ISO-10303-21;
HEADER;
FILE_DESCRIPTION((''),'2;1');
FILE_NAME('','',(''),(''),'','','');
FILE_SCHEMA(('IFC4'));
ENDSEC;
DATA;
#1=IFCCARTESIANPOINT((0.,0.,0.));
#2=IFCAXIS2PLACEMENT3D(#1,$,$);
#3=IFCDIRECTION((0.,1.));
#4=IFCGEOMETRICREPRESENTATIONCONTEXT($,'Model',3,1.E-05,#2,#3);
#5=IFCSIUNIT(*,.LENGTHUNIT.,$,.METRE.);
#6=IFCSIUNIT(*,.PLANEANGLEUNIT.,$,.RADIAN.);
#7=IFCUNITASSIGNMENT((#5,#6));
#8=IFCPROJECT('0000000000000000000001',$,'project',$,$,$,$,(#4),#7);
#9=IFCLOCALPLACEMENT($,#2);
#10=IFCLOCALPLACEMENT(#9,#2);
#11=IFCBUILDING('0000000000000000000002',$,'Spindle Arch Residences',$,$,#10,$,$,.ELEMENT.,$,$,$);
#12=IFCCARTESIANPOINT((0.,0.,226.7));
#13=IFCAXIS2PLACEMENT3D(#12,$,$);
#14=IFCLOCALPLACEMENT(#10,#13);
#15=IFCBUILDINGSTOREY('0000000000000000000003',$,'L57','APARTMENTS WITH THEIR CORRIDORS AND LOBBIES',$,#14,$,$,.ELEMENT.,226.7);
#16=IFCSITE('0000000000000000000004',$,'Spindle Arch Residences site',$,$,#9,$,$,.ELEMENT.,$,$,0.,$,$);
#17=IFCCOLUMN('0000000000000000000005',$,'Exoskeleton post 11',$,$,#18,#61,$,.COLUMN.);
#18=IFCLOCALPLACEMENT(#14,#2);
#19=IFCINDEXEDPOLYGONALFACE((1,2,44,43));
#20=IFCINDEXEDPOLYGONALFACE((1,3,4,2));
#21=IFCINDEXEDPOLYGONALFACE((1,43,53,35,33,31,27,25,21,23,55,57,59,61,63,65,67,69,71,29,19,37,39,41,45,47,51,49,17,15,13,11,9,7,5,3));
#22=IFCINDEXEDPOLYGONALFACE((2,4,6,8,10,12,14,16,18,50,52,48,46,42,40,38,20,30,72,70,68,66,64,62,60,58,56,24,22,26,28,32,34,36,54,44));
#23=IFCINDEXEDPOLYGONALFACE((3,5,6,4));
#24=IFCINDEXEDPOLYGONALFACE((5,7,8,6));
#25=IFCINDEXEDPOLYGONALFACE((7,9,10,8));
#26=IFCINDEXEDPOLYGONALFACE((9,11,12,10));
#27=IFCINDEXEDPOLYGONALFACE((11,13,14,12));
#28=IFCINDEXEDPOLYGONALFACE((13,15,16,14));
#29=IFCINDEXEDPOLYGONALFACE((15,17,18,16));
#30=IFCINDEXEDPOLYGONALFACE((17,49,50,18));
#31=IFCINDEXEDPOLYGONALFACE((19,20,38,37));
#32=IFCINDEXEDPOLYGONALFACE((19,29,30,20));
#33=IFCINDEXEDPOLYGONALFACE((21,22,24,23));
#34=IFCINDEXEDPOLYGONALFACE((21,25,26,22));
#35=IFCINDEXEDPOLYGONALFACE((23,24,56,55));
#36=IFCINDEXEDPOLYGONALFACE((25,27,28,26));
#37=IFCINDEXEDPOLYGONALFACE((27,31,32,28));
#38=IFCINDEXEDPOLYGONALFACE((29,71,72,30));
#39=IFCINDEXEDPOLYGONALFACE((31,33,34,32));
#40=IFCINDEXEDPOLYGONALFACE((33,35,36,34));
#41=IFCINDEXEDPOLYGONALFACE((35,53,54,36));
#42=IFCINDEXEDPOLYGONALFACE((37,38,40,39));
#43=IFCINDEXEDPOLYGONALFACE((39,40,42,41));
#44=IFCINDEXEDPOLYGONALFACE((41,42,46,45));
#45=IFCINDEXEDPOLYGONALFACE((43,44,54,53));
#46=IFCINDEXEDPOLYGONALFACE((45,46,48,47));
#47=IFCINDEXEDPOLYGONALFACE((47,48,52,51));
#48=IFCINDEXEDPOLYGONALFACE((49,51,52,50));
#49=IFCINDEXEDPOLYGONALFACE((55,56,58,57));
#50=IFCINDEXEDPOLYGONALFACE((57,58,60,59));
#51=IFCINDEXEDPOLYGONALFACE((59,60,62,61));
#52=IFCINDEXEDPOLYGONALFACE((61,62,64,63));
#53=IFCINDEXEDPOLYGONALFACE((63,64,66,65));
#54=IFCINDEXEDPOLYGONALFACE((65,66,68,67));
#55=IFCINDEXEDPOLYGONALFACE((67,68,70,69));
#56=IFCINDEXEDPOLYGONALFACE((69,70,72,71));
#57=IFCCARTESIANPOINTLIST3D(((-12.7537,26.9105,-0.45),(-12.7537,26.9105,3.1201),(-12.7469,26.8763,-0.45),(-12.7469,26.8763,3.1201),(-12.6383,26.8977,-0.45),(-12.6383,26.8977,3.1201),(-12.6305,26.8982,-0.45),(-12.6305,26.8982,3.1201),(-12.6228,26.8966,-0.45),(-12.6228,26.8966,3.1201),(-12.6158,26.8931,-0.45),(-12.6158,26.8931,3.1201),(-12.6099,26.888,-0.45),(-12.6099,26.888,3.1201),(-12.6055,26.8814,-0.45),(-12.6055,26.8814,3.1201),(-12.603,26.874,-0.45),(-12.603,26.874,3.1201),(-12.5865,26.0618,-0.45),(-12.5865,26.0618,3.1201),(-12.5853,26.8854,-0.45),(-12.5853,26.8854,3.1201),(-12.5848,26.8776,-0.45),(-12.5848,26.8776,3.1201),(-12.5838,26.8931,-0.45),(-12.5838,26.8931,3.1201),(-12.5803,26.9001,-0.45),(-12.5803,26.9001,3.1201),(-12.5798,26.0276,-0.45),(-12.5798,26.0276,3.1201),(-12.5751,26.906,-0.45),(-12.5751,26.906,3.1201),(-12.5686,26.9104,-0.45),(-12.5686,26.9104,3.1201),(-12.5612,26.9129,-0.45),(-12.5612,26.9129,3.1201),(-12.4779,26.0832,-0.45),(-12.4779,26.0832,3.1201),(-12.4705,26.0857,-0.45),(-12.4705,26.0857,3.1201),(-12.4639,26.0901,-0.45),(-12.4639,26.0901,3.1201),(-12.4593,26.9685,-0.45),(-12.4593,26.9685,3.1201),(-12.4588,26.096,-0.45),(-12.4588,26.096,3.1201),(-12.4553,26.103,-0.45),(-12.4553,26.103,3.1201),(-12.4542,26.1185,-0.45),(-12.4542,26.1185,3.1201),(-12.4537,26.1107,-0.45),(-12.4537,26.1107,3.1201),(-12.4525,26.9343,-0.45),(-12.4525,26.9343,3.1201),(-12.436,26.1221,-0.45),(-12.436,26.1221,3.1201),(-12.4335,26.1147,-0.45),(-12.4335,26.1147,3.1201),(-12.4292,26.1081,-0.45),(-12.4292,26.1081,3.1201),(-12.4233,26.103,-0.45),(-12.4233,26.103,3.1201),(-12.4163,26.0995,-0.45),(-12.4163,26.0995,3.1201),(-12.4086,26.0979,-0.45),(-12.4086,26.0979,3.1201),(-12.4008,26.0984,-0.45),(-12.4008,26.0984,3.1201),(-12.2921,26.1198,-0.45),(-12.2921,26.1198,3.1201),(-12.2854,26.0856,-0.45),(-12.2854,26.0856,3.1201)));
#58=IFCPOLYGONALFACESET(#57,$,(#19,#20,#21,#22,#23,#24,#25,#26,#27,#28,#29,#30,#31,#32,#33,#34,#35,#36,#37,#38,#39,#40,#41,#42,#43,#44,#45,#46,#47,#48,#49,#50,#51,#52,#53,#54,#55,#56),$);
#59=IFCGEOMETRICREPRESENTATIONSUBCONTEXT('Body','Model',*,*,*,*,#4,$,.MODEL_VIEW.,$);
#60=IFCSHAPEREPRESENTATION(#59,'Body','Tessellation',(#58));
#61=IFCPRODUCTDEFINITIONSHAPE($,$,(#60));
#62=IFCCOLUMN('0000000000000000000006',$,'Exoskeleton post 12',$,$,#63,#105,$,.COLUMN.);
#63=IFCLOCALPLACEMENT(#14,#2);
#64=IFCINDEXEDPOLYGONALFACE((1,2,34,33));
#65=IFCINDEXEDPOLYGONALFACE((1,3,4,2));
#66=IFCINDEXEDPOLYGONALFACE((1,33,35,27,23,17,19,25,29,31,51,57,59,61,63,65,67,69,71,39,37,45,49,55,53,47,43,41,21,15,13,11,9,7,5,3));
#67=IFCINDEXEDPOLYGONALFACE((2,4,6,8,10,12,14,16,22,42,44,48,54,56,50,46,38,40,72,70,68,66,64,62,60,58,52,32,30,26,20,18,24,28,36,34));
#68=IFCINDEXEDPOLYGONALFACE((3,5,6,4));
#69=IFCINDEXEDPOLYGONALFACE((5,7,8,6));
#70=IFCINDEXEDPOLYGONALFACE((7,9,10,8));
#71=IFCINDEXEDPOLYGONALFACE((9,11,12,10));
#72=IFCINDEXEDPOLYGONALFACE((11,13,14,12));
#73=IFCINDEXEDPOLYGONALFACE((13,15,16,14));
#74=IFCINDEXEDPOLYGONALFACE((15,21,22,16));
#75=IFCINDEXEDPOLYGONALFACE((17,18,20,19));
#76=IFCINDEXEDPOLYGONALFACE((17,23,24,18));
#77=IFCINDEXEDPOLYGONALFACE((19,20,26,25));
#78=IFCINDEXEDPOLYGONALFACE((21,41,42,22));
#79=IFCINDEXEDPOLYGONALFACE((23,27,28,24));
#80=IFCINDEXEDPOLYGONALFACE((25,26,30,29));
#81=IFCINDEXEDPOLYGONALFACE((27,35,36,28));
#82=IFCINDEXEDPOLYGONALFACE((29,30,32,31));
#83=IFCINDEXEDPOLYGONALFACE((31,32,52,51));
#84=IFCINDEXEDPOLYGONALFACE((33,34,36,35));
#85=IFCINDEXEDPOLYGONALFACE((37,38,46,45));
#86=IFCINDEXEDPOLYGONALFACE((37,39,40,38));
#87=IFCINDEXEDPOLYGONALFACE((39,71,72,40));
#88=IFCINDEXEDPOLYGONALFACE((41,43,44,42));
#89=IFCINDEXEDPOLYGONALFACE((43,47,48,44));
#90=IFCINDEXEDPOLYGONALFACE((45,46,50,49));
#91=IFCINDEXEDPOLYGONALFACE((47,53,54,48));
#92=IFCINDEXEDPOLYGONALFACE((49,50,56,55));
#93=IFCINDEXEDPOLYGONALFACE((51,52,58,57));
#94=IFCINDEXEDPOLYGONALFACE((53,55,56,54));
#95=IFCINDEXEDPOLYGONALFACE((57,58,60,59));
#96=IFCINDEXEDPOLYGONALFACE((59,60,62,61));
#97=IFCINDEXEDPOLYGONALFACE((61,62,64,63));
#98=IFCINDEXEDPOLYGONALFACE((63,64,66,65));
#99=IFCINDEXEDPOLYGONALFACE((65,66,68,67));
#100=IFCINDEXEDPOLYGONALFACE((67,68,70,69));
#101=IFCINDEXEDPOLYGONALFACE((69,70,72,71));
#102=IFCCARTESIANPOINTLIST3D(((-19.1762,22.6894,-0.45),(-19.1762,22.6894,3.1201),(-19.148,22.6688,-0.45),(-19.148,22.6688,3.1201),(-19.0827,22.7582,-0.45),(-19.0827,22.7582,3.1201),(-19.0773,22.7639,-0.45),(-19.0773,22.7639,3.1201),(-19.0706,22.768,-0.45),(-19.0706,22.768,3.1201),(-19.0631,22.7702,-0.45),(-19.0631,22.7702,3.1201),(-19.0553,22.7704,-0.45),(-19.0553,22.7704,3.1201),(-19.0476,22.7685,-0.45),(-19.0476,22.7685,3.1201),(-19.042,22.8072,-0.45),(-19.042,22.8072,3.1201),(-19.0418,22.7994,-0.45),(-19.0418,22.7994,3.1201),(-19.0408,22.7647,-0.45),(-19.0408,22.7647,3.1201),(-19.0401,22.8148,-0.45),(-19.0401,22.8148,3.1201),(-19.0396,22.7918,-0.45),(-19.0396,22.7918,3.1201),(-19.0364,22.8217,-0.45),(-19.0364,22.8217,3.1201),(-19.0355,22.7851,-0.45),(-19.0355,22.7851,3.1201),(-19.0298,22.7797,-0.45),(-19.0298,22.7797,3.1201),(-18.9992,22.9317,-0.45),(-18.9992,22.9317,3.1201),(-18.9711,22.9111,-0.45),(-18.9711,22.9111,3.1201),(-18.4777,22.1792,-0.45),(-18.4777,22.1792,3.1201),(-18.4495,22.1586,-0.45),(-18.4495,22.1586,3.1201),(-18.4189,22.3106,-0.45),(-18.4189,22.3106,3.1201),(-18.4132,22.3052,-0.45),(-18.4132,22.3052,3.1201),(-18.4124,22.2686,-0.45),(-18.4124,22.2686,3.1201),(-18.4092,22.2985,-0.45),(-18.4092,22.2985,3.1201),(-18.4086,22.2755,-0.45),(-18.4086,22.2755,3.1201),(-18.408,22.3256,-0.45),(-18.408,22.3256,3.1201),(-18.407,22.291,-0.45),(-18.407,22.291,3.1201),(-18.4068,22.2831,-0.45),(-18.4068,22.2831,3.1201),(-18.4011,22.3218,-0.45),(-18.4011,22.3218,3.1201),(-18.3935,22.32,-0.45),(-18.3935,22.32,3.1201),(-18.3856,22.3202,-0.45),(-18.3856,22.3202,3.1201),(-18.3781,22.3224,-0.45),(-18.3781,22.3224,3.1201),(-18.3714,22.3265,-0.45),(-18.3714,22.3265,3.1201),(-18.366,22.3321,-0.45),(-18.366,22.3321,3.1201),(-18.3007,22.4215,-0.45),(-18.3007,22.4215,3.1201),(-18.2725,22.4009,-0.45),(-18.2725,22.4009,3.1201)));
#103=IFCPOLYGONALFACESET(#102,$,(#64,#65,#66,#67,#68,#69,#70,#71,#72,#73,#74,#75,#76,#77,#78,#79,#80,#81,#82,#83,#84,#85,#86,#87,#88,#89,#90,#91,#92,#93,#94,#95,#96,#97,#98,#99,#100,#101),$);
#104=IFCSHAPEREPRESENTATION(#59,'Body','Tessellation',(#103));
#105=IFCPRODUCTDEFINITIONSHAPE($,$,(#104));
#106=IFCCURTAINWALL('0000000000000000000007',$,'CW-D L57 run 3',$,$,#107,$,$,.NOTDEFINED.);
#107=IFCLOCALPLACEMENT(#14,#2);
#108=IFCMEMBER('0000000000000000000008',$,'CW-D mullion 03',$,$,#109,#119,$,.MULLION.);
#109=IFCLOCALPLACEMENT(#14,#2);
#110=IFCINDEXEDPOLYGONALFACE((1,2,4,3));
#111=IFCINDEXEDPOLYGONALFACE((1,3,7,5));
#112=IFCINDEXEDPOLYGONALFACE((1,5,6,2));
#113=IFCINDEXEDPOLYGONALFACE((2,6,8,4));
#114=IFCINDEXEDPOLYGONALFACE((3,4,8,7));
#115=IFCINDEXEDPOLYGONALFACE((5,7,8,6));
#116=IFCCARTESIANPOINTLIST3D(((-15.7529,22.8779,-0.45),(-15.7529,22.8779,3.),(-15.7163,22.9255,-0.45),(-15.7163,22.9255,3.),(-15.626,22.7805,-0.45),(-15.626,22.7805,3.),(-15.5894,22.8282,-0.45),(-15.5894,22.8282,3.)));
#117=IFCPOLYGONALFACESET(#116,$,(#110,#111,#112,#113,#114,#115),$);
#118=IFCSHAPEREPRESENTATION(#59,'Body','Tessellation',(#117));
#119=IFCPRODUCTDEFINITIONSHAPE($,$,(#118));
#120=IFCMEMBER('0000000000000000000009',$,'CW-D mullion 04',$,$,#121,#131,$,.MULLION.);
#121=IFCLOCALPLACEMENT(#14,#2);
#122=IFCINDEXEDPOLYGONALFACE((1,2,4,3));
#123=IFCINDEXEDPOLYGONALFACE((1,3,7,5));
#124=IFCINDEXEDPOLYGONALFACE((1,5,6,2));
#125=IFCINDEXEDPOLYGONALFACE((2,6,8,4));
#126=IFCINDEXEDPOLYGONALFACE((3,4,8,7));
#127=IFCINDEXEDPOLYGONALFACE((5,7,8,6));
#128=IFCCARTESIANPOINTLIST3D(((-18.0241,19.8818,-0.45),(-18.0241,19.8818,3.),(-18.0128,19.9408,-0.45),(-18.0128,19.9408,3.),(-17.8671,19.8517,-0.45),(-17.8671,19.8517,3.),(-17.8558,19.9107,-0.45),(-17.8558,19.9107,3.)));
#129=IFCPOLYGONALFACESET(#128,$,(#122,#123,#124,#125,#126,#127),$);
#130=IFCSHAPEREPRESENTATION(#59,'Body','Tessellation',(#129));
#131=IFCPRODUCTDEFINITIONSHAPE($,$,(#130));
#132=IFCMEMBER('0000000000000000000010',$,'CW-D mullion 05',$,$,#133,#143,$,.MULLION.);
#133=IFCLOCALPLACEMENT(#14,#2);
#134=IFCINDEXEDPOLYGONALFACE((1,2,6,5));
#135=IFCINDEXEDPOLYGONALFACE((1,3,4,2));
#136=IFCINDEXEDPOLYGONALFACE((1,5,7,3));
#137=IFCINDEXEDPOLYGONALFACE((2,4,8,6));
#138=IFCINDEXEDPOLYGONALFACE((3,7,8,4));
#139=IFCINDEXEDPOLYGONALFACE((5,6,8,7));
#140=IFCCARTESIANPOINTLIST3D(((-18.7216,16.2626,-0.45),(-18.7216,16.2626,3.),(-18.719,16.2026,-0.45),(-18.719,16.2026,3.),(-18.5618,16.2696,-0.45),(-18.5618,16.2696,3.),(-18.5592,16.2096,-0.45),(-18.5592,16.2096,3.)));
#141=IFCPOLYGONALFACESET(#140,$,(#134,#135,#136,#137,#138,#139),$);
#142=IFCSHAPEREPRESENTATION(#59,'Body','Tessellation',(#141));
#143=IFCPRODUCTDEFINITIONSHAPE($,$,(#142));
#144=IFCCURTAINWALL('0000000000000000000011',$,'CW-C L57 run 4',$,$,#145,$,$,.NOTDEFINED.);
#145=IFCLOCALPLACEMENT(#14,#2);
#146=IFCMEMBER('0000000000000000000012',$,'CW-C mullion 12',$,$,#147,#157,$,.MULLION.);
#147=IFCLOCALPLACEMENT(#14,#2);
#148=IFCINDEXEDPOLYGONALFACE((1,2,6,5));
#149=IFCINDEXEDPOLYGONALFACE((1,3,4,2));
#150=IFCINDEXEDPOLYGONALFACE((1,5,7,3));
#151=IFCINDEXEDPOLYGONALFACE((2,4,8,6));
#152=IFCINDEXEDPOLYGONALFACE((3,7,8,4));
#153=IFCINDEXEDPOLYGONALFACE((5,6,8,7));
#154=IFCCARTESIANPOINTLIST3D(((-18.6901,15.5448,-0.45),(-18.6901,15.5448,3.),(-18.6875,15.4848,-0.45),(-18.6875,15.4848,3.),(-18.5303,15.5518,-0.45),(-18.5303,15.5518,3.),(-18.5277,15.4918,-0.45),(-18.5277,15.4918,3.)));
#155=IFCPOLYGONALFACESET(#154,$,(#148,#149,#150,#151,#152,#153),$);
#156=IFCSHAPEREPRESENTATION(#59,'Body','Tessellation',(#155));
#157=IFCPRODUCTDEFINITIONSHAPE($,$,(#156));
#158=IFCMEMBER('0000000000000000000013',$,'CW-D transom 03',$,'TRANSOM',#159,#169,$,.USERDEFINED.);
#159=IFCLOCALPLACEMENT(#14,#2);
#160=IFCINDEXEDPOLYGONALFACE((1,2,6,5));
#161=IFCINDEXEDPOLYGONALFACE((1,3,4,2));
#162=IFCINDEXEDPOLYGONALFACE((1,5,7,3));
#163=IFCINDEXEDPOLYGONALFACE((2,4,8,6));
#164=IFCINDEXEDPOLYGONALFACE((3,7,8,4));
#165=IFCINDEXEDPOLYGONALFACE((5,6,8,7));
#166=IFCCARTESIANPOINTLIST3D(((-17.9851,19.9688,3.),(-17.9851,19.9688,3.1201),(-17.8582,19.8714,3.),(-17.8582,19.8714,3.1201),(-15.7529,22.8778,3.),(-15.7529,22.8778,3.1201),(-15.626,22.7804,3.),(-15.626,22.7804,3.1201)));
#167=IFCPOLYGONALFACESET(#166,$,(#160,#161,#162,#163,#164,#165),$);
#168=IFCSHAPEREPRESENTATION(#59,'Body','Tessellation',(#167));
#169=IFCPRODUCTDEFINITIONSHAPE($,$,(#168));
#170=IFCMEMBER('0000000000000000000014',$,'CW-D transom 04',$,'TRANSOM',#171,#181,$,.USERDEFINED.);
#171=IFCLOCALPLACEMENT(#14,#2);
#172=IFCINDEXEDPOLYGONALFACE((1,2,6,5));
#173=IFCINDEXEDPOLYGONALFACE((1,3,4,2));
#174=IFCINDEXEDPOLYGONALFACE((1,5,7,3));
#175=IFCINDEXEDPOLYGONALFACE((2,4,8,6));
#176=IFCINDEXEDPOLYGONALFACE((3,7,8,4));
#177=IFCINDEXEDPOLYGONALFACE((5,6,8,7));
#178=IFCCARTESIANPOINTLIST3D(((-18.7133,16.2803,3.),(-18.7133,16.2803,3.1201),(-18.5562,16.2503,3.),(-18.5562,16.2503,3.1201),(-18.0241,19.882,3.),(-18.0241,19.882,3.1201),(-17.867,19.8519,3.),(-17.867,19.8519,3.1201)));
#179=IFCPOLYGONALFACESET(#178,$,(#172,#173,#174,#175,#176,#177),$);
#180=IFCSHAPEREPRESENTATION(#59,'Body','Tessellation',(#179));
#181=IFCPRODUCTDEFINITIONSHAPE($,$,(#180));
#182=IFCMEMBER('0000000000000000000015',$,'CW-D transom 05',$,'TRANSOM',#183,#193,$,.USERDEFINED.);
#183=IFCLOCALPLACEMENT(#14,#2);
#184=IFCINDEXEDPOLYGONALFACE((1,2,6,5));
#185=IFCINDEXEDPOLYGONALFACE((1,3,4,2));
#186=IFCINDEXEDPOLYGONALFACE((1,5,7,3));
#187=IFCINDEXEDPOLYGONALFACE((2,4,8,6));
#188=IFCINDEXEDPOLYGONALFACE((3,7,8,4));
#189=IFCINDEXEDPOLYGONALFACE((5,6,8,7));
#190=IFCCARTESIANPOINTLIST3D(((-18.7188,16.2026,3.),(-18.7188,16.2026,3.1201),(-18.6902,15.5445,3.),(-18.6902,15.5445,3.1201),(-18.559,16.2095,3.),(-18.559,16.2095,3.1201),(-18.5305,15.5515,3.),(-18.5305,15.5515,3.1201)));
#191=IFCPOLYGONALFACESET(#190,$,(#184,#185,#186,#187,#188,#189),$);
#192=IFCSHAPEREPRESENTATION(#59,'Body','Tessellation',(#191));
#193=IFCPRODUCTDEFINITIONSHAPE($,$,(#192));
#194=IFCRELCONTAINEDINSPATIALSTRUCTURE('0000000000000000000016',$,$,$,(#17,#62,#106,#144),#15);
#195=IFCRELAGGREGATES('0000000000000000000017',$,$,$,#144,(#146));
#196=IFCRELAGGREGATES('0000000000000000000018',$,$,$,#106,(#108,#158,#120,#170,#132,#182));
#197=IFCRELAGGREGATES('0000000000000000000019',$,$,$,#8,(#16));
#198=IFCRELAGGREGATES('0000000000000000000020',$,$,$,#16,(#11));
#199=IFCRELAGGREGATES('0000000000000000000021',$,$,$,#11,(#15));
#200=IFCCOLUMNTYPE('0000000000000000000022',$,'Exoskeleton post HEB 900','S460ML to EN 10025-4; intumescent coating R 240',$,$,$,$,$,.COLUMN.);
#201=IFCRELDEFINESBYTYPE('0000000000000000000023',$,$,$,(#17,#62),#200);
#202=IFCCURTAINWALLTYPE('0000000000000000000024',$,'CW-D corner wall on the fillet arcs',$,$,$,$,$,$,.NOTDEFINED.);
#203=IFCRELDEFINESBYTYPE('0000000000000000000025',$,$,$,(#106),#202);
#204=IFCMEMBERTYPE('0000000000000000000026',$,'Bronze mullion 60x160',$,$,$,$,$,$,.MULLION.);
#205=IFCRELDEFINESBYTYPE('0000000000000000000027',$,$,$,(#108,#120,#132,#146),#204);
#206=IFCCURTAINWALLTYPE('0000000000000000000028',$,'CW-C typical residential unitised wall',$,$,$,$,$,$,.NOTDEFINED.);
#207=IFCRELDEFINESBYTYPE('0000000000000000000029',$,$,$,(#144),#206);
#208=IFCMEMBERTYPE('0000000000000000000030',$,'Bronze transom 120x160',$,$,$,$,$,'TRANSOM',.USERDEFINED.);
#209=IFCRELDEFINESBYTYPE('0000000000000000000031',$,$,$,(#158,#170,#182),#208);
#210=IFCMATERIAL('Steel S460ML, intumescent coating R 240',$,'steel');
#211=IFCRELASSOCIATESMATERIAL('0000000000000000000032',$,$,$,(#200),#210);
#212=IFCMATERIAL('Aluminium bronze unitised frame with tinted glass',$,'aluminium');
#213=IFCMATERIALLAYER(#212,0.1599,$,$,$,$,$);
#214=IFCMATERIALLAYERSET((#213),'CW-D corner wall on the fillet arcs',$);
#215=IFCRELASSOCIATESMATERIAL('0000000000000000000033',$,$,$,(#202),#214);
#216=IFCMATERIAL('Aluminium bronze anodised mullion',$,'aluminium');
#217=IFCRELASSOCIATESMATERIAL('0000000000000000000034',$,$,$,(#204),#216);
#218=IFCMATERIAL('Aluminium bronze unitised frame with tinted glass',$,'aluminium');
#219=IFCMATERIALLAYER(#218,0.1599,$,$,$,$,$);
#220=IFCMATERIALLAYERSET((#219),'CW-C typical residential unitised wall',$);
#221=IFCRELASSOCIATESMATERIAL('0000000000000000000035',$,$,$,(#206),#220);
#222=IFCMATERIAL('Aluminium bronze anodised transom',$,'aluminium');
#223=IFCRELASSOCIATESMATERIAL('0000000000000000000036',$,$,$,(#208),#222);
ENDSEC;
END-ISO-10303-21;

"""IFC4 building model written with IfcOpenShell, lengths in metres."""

from ifc_helpers import new_model, si_unit, direction, frame, origin, origin_2d, place, context, subcontext, project, spatial, rectangle, i_section, extrude, material, layer, layer_set, material_profile, profile_set, type_object, element, aggregate, save


model = new_model("IFC4")

# Units and contexts
model_context = context("Model", 3, precision=1e-05, world=origin(), true_north=direction((0.0, 1.0)))
body_context = subcontext(model_context, "Body", "Model", "MODEL_VIEW")
ifc_project = project(units=[si_unit("LENGTHUNIT", "METRE"), si_unit("PLANEANGLEUNIT", "RADIAN")], contexts=[model_context])

# Site, building, storey
site_placement = place(None, origin())
site = spatial("IfcSite", under=ifc_project, at=site_placement, Name="Spindle Arch Residences site", CompositionType="ELEMENT", RefElevation=0.0)
building_placement = place(site_placement, origin())
building = spatial("IfcBuilding", under=site, at=building_placement, Name="Spindle Arch Residences", CompositionType="ELEMENT")
storey_placement = place(building_placement, frame((0.0, 0.0, 226.7)))
storey = spatial("IfcBuildingStorey", under=building, at=storey_placement, Name="L57", Description="APARTMENTS WITH THEIR CORRIDORS AND LOBBIES", CompositionType="ELEMENT", Elevation=226.7)

# Columns
ifc_material_1 = material(Name="Steel S460ML, intumescent coating R 240", Category="steel")
ifc_material_profile_1 = material_profile(ifc_material_1, i_section(OverallWidth=0.3, OverallDepth=0.8999, WebThickness=0.0186, FlangeThickness=0.0349, FilletRadius=0.03, at=origin_2d()), Name="HEB 900")
ifc_profile_set_1 = profile_set([ifc_material_profile_1], Name="Steel S460ML, intumescent coating R 240")
column_type = type_object("IfcColumnType", Name="Exoskeleton post HEB 900", Description="S460ML to EN 10025-4; intumescent coating R 240", PredefinedType="COLUMN", material=ifc_profile_set_1)
for number, where, z_axis, x_axis, name in (
    (1, (-12.5195, 26.498, -0.45), (0.0, 0.0, 1.0), (0.981153, 0.193233, 0.0), "Exoskeleton post 11"),
    (2, (-18.7244, 22.5452, -0.45), (0.0, 0.0, 1.0), (0.589781, 0.807563, 0.0), "Exoskeleton post 12"),
):
    element("IfcColumn", number, at=place(storey_placement, frame(where, z_axis=z_axis, x_axis=x_axis)), inside=storey, type_object=column_type, Name=name, PredefinedType="COLUMN", context=body_context, shape_type="SweptSolid", body=[
        extrude(i_section(OverallWidth=0.3, OverallDepth=0.8999, WebThickness=0.0186, FlangeThickness=0.0349, FilletRadius=0.03, at=origin_2d()), origin(), (0.0, 0.0, 1.0), 3.5701),
    ])

# Curtain wall, members
ifc_material_2 = material(Name="Aluminium bronze unitised frame with tinted glass", Category="aluminium")
ifc_layer_1 = layer(ifc_material_2, 0.1599)
ifc_layer_set_1 = layer_set([ifc_layer_1], Name="CW-D corner wall on the fillet arcs")
curtain_wall_type_1 = type_object("IfcCurtainWallType", Name="CW-D corner wall on the fillet arcs", PredefinedType="NOTDEFINED", material=ifc_layer_set_1)
curtain_wall_1_placement = place(storey_placement, origin())
curtain_wall_1 = element("IfcCurtainWall", 3, at=curtain_wall_1_placement, inside=storey, type_object=curtain_wall_type_1, Name="CW-D L57 run 3", PredefinedType="NOTDEFINED")
ifc_material_3 = material(Name="Aluminium bronze anodised mullion", Category="aluminium")
ifc_material_profile_2 = material_profile(ifc_material_3, rectangle(XDim=0.1599, YDim=0.0601, at=origin_2d()), Name="MU 60x160")
ifc_profile_set_2 = profile_set([ifc_material_profile_2], Name="Aluminium bronze anodised mullion")
member_type_1 = type_object("IfcMemberType", Name="Bronze mullion 60x160", PredefinedType="MULLION", material=ifc_profile_set_2)
member_1_placement = place(storey_placement, frame((-15.6711, 22.853, -0.45), z_axis=(0.0, 0.0, 1.0), x_axis=(0.793353, -0.608761, 0.0)))
member_1 = element("IfcMember", 4, at=member_1_placement, type_object=member_type_1, Name="CW-D mullion 03", PredefinedType="MULLION", context=body_context, shape_type="SweptSolid", body=[
    extrude(rectangle(XDim=0.1599, YDim=0.0601, at=origin_2d()), origin(), (0.0, 0.0, 1.0), 3.45),
])
member_2_placement = place(storey_placement, frame((-17.9399, 19.8962, -0.45), z_axis=(0.0, 0.0, 1.0), x_axis=(0.982178, -0.187953, 0.0)))
member_2 = element("IfcMember", 5, at=member_2_placement, type_object=member_type_1, Name="CW-D mullion 04", PredefinedType="MULLION", context=body_context, shape_type="SweptSolid", body=[
    extrude(rectangle(XDim=0.1599, YDim=0.0601, at=origin_2d()), origin(), (0.0, 0.0, 1.0), 3.45),
])
member_3_placement = place(storey_placement, frame((-18.6404, 16.2361, -0.45), z_axis=(0.0, 0.0, 1.0), x_axis=(0.999048, 0.043619, 0.0)))
member_3 = element("IfcMember", 6, at=member_3_placement, type_object=member_type_1, Name="CW-D mullion 05", PredefinedType="MULLION", context=body_context, shape_type="SweptSolid", body=[
    extrude(rectangle(XDim=0.1599, YDim=0.0601, at=origin_2d()), origin(), (0.0, 0.0, 1.0), 3.45),
])

# Curtain wall, member
ifc_material_4 = material(Name="Aluminium bronze unitised frame with tinted glass", Category="aluminium")
ifc_layer_2 = layer(ifc_material_4, 0.1599)
ifc_layer_set_2 = layer_set([ifc_layer_2], Name="CW-C typical residential unitised wall")
curtain_wall_type_2 = type_object("IfcCurtainWallType", Name="CW-C typical residential unitised wall", PredefinedType="NOTDEFINED", material=ifc_layer_set_2)
curtain_wall_2_placement = place(storey_placement, origin())
curtain_wall_2 = element("IfcCurtainWall", 7, at=curtain_wall_2_placement, inside=storey, type_object=curtain_wall_type_2, Name="CW-C L57 run 4", PredefinedType="NOTDEFINED")
member_4_placement = place(storey_placement, frame((-18.6089, 15.5183, -0.45), z_axis=(0.0, 0.0, 1.0), x_axis=(0.999048, 0.043619, 0.0)))
member_4 = element("IfcMember", 8, at=member_4_placement, type_object=member_type_1, Name="CW-C mullion 12", PredefinedType="MULLION", context=body_context, shape_type="SweptSolid", body=[
    extrude(rectangle(XDim=0.1599, YDim=0.0601, at=origin_2d()), origin(), (0.0, 0.0, 1.0), 3.45),
])
aggregate(curtain_wall_2, [member_4])

# Members
ifc_material_5 = material(Name="Aluminium bronze anodised transom", Category="aluminium")
ifc_material_profile_3 = material_profile(ifc_material_5, rectangle(XDim=0.1599, YDim=0.1201, at=origin_2d()), Name="TR 120x160")
ifc_profile_set_3 = profile_set([ifc_material_profile_3], Name="Aluminium bronze anodised transom")
member_type_2 = type_object("IfcMemberType", Name="Bronze transom 120x160", ElementType="TRANSOM", PredefinedType="USERDEFINED", material=ifc_profile_set_3)
member_5_placement = place(storey_placement, frame((-15.6895, 22.8291, 3.0601), z_axis=(-0.608774, -0.793344, 0.0), x_axis=(0.793344, -0.608774, 0.0)))
member_5 = element("IfcMember", 9, at=member_5_placement, type_object=member_type_2, Name="CW-D transom 03", ObjectType="TRANSOM", PredefinedType="USERDEFINED", context=body_context, shape_type="SweptSolid", body=[
    extrude(rectangle(XDim=0.1599, YDim=0.1201, at=origin_2d()), origin(), (0.0, 0.0, 1.0), 3.6667),
])
member_6_placement = place(storey_placement, frame((-17.9456, 19.8669, 3.0601), z_axis=(-0.187953, -0.982178, 0.0), x_axis=(0.982178, -0.187953, 0.0)))
member_6 = element("IfcMember", 10, at=member_6_placement, type_object=member_type_2, Name="CW-D transom 04", ObjectType="TRANSOM", PredefinedType="USERDEFINED", context=body_context, shape_type="SweptSolid", body=[
    extrude(rectangle(XDim=0.1599, YDim=0.1201, at=origin_2d()), origin(), (0.0, 0.0, 1.0), 3.667),
])
member_7_placement = place(storey_placement, frame((-18.6389, 16.2061, 3.0601), z_axis=(0.043373, -0.999059, 0.0), x_axis=(0.999059, 0.043373, 0.0)))
member_7 = element("IfcMember", 11, at=member_7_placement, type_object=member_type_2, Name="CW-D transom 05", ObjectType="TRANSOM", PredefinedType="USERDEFINED", context=body_context, shape_type="SweptSolid", body=[
    extrude(rectangle(XDim=0.1599, YDim=0.1201, at=origin_2d()), origin(), (0.0, 0.0, 1.0), 0.6587),
])

aggregate(curtain_wall_1, [member_1, member_5, member_2, member_6, member_3, member_7])

save(model, "model.ifc")
